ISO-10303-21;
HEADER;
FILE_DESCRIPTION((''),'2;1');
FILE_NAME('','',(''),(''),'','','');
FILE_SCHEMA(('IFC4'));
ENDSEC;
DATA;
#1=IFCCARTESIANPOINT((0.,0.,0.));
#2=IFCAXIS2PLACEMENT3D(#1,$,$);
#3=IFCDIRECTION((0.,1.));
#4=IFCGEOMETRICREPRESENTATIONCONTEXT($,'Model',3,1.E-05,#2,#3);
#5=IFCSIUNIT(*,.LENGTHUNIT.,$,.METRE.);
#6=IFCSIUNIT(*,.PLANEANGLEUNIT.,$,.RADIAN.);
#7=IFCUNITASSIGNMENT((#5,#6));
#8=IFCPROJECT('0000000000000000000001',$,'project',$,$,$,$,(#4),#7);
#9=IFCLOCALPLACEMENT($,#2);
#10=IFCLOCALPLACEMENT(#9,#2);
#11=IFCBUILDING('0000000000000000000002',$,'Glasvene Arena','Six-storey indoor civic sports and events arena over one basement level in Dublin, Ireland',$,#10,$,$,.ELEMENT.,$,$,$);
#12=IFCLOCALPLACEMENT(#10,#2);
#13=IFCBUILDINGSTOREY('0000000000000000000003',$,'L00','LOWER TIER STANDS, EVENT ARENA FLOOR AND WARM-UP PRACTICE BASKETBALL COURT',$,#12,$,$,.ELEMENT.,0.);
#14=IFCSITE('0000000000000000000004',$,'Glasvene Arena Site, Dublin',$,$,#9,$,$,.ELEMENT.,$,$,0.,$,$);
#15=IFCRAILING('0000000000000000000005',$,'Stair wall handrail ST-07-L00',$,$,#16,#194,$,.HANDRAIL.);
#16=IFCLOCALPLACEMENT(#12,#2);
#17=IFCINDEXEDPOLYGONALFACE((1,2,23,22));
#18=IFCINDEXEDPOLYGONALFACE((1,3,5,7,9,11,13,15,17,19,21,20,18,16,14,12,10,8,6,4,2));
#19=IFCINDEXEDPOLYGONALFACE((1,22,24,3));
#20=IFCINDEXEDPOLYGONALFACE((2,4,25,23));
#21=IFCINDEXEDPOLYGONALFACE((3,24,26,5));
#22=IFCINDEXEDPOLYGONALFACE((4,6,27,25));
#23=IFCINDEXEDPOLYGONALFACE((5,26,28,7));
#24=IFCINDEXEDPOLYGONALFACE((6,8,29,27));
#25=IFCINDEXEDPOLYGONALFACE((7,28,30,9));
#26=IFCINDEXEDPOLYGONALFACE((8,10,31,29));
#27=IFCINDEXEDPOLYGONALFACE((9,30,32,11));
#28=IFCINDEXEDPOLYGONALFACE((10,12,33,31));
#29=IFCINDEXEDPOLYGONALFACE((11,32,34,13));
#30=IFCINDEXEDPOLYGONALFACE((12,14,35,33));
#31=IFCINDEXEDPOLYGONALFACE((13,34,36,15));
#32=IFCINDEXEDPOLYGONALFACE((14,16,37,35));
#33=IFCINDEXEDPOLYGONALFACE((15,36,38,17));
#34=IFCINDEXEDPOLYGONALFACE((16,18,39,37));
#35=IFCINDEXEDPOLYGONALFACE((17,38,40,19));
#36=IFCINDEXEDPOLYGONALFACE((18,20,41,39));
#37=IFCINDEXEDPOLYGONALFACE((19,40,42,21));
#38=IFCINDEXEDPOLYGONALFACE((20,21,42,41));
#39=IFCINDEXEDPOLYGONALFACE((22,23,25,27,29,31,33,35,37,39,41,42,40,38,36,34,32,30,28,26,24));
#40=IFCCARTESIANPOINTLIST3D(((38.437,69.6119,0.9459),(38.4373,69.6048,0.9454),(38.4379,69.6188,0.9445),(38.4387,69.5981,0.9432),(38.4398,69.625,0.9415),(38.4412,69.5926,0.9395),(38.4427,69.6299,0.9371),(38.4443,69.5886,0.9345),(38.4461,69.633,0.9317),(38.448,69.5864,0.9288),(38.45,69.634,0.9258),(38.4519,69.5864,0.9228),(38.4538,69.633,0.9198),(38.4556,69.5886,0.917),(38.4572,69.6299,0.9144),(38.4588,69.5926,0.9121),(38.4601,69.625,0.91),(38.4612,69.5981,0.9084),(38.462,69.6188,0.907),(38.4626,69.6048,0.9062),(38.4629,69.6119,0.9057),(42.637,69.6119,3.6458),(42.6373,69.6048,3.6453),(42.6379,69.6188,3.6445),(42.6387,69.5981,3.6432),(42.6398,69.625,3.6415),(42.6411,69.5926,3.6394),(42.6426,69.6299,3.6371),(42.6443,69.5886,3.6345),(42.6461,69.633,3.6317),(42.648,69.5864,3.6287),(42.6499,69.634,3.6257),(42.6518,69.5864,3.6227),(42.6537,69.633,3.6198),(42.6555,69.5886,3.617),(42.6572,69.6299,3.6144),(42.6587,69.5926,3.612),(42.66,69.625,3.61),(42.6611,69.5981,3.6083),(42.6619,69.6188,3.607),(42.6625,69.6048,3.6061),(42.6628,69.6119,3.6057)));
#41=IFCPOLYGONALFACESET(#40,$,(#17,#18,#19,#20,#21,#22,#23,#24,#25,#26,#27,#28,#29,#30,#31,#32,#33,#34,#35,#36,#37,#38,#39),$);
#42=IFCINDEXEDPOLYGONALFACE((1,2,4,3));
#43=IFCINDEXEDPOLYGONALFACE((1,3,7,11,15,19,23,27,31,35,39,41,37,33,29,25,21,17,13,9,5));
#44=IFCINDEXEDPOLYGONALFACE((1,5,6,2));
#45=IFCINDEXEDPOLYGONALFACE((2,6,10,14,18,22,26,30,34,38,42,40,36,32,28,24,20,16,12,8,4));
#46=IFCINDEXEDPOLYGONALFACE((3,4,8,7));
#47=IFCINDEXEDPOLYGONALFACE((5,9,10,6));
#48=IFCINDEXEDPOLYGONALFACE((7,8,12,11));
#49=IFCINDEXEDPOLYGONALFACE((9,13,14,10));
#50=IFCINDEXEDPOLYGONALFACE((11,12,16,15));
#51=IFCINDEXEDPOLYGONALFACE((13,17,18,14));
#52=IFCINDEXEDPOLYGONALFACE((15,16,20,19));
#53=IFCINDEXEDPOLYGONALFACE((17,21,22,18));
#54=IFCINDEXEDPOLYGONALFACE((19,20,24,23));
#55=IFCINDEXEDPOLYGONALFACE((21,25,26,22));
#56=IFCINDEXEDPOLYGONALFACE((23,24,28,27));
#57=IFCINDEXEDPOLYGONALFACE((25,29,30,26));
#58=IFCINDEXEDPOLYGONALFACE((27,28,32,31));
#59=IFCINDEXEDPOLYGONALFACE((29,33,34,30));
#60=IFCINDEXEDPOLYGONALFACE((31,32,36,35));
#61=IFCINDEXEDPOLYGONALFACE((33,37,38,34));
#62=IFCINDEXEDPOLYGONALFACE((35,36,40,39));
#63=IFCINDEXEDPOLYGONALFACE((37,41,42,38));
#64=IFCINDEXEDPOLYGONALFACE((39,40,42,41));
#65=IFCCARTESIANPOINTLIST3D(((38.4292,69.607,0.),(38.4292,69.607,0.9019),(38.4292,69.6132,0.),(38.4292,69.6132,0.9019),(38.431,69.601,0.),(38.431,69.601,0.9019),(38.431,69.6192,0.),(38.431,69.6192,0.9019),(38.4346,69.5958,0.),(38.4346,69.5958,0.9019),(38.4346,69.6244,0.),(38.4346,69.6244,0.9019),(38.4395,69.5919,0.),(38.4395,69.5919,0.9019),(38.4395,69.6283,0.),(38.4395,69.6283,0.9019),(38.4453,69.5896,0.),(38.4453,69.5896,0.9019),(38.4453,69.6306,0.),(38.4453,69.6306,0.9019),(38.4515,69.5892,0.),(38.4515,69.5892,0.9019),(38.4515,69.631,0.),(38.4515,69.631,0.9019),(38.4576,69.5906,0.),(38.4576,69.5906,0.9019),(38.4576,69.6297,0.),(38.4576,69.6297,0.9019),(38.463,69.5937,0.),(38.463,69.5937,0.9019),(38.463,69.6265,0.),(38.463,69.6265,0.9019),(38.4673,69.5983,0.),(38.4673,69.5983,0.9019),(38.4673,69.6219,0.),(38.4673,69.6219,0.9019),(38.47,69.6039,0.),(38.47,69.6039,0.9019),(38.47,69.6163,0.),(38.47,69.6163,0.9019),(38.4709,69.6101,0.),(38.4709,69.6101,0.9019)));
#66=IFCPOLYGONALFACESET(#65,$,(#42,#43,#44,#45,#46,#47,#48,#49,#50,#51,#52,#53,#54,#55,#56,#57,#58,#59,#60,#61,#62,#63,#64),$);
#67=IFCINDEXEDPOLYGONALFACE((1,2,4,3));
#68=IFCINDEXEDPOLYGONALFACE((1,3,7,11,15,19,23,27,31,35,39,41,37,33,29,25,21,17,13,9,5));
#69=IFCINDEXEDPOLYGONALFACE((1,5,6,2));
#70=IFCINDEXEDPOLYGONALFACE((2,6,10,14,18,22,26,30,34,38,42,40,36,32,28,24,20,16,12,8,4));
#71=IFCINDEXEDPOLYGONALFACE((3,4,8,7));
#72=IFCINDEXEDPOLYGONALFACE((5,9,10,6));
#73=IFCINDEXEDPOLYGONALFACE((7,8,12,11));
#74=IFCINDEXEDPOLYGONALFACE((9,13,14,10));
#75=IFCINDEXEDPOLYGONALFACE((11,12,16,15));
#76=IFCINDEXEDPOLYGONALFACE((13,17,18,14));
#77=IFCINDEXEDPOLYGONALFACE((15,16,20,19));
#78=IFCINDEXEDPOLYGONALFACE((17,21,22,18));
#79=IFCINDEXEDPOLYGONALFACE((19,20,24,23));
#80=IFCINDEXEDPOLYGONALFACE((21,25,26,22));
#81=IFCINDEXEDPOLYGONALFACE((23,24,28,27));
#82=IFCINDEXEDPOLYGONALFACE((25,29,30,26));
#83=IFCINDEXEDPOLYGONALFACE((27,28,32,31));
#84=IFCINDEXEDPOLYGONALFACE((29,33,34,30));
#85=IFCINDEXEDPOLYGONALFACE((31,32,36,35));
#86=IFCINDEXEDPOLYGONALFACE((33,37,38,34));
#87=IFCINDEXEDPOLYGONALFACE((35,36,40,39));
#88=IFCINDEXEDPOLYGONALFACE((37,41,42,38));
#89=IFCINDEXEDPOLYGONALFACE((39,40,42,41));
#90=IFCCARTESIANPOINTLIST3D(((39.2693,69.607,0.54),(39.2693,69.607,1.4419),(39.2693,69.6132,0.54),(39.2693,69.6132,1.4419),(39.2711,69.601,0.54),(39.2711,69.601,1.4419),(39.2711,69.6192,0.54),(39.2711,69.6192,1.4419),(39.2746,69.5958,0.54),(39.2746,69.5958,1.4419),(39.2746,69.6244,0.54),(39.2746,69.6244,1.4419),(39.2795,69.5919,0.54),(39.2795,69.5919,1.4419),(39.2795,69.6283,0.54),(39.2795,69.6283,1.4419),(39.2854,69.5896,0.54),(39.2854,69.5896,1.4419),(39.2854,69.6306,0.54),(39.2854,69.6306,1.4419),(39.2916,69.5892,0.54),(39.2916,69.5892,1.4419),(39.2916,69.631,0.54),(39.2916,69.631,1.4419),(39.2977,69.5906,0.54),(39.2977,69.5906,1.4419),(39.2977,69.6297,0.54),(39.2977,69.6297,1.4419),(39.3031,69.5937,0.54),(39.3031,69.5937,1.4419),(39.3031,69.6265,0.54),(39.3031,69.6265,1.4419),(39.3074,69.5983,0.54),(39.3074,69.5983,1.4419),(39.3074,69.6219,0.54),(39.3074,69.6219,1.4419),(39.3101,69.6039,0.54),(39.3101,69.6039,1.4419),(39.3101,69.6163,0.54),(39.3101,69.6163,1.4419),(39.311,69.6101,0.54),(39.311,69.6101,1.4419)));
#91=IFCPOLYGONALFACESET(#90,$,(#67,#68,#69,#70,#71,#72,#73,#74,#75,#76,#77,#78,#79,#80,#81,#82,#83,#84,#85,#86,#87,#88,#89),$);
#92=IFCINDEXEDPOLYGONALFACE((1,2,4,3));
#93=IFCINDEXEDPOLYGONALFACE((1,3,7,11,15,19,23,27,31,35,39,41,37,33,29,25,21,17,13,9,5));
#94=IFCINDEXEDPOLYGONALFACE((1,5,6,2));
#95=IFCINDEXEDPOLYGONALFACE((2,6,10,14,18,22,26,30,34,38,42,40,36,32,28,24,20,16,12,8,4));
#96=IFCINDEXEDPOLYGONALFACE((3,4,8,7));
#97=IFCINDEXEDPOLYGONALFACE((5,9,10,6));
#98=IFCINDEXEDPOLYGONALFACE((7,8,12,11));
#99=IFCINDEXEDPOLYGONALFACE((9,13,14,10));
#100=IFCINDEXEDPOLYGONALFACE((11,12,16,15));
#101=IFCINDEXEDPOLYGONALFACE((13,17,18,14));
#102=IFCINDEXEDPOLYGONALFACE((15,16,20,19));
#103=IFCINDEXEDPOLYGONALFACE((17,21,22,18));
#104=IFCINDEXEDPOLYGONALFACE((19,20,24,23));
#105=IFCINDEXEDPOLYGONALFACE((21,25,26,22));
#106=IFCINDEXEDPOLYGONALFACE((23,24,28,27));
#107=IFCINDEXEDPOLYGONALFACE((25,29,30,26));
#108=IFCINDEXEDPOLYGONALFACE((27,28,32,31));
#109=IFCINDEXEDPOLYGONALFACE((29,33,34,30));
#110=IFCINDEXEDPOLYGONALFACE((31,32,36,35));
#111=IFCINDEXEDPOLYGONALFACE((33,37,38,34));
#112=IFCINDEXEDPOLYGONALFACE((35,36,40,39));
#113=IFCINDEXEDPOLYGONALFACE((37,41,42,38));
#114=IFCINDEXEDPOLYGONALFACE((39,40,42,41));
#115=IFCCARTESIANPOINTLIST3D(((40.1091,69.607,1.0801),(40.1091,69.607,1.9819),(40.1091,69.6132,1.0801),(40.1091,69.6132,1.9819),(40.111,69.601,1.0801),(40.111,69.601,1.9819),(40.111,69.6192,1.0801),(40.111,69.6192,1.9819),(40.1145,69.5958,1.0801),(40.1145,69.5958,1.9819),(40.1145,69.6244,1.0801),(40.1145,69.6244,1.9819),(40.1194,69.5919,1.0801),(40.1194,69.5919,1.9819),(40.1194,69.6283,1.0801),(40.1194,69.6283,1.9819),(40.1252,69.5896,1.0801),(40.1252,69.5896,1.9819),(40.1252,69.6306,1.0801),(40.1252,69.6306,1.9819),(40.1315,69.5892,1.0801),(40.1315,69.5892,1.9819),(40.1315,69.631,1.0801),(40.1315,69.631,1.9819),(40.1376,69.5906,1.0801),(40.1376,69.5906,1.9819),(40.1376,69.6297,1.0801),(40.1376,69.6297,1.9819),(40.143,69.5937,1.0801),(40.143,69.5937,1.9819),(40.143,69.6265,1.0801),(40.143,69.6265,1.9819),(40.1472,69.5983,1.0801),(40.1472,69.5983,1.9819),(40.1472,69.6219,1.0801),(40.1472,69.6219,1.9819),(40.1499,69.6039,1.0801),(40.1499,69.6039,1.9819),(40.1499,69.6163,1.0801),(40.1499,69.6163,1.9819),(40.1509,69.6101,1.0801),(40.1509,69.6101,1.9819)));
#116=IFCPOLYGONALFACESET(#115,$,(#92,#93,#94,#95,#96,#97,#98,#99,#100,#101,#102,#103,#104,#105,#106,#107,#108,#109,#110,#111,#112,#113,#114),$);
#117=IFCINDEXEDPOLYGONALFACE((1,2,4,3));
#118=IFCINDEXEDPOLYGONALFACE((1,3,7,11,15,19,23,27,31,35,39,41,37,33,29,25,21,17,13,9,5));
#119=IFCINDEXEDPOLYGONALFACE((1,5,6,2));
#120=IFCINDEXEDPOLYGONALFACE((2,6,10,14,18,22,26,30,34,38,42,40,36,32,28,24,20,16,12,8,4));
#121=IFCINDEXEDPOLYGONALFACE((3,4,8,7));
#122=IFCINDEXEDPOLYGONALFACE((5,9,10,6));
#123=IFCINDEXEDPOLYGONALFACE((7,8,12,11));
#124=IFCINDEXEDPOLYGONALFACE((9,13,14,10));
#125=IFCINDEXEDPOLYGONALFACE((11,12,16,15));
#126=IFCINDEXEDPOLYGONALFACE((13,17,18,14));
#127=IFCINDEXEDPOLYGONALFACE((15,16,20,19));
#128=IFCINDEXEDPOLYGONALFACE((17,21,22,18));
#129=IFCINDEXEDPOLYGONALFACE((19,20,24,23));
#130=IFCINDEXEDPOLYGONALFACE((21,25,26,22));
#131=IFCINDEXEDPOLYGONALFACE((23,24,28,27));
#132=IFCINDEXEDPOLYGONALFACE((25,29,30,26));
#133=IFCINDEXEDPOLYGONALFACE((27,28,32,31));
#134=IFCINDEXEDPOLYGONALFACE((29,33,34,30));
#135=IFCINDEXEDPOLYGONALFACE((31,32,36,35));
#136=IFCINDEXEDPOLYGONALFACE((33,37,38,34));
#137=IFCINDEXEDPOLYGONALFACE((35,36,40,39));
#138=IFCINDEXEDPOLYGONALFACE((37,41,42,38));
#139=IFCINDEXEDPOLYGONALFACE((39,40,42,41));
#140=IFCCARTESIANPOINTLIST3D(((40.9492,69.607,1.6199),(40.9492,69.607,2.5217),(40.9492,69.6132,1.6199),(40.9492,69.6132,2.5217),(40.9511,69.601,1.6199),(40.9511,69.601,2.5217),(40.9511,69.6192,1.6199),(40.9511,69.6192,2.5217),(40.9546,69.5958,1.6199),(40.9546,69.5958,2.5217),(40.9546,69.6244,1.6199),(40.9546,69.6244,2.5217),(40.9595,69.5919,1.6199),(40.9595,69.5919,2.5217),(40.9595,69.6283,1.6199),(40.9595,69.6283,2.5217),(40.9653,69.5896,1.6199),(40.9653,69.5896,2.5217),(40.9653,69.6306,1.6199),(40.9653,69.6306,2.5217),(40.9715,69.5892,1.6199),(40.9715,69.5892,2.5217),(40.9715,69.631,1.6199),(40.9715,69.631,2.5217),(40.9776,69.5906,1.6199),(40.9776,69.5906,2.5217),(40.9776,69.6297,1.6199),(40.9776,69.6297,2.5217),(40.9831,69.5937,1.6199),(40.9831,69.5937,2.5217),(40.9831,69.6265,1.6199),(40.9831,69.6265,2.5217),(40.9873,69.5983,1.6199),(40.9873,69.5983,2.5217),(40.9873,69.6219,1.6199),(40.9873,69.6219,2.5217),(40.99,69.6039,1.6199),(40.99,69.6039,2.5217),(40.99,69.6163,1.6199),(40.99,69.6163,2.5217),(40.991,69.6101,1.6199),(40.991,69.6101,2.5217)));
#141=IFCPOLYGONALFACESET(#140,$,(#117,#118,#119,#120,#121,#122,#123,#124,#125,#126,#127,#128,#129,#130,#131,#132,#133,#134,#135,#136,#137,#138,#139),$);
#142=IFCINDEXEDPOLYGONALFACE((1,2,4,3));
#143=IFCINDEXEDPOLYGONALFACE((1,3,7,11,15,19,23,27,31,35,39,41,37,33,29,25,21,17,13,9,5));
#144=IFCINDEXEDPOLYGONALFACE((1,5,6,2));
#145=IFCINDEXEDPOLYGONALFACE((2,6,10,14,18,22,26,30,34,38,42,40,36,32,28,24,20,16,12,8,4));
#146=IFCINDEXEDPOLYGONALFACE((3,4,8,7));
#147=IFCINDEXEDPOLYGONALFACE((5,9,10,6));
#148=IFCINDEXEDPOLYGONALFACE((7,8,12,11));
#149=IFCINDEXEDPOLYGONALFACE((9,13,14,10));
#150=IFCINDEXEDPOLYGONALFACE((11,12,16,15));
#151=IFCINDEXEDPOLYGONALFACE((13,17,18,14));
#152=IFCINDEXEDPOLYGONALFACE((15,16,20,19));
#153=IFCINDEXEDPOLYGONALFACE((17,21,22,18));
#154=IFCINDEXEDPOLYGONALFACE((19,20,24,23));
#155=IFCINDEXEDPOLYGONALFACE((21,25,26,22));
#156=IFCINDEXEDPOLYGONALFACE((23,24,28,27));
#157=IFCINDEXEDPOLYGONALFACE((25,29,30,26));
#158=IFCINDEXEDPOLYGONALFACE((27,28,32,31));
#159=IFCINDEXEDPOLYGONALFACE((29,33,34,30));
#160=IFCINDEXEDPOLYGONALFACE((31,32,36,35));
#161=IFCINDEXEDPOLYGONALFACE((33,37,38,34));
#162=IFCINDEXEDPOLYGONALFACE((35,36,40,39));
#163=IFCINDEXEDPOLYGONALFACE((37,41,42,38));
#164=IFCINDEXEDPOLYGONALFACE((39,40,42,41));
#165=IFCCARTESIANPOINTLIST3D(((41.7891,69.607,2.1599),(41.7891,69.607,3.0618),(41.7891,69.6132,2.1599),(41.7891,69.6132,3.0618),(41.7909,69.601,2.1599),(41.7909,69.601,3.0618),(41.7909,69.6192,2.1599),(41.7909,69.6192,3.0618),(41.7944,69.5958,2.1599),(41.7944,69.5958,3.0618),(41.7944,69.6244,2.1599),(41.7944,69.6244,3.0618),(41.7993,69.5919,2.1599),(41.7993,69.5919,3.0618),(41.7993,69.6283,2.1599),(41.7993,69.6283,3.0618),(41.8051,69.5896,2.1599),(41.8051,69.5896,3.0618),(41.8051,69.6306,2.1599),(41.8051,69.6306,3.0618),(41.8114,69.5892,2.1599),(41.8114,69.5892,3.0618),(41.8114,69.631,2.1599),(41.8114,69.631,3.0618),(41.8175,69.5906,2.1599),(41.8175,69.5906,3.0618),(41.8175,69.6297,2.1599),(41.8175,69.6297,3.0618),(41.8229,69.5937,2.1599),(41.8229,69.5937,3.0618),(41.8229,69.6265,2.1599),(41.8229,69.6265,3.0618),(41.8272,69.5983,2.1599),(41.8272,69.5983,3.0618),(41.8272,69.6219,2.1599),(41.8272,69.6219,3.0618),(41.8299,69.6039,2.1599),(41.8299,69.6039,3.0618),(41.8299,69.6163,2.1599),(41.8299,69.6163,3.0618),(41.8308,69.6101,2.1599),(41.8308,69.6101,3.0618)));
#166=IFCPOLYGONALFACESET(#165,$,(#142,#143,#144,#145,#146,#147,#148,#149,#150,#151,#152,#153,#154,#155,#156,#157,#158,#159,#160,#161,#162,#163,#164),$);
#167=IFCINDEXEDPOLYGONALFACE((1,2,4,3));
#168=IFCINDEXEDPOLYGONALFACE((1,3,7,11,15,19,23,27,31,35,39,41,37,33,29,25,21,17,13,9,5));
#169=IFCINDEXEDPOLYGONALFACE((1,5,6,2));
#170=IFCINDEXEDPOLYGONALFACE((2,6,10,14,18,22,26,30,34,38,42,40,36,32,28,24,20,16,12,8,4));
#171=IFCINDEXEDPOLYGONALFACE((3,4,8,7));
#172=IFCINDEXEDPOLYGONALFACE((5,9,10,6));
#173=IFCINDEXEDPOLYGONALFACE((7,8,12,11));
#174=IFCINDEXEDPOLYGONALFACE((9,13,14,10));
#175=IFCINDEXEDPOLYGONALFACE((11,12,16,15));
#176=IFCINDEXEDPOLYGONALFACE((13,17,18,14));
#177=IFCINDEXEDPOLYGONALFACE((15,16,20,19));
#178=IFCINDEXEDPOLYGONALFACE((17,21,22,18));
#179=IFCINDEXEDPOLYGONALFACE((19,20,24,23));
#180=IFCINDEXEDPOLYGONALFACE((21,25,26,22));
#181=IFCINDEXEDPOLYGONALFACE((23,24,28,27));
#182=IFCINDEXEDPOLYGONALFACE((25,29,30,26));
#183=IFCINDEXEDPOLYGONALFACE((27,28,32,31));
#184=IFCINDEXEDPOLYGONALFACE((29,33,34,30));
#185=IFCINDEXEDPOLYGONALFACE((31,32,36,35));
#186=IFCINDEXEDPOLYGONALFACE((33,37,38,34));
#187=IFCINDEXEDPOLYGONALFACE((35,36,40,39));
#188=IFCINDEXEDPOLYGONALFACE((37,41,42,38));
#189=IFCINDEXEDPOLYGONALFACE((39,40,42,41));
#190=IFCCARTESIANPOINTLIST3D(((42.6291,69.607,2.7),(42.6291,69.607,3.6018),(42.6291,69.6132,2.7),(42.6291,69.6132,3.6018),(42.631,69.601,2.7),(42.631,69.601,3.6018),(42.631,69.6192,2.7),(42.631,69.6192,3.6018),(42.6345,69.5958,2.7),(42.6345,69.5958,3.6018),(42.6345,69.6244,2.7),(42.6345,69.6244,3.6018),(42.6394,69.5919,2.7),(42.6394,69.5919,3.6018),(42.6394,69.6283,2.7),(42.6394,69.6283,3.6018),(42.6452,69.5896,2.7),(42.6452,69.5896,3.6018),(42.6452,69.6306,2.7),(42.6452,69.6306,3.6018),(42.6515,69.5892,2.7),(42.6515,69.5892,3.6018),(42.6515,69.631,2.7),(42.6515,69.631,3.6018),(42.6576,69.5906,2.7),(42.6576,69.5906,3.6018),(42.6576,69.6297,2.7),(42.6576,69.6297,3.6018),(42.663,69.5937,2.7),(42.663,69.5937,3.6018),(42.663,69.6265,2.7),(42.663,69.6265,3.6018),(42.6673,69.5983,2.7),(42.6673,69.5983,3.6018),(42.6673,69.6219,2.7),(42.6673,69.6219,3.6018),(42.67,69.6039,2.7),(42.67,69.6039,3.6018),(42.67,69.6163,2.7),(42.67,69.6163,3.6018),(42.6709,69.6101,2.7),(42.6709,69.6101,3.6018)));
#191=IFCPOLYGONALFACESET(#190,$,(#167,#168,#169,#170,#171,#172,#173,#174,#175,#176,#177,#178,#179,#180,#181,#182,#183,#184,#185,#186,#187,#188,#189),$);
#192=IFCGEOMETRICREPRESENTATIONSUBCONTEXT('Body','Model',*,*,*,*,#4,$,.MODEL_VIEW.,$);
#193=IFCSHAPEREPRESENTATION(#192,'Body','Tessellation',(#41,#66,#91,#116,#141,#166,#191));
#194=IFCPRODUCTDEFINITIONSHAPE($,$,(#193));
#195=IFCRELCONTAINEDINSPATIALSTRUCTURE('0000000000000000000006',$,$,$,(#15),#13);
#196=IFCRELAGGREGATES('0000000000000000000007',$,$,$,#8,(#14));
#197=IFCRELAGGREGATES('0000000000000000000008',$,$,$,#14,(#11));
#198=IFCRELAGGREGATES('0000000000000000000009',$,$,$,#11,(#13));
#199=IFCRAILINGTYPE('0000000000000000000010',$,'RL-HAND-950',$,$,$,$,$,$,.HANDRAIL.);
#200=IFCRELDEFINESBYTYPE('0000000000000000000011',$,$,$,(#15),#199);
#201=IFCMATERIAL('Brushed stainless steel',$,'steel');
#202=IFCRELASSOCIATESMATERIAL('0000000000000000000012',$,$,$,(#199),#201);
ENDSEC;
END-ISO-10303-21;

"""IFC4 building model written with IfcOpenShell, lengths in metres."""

from ifc_helpers import new_model, si_unit, direction, frame, origin, origin_2d, place, context, subcontext, project, spatial, circle, extrude, material, type_object, element, save


model = new_model("IFC4")

# Units and contexts
model_context = context("Model", 3, precision=1e-05, world=origin(), true_north=direction((0.0, 1.0)))
body_context = subcontext(model_context, "Body", "Model", "MODEL_VIEW")
ifc_project = project(units=[si_unit("LENGTHUNIT", "METRE"), si_unit("PLANEANGLEUNIT", "RADIAN")], contexts=[model_context])

# Site, building, storey
site_placement = place(None, origin())
site = spatial("IfcSite", under=ifc_project, at=site_placement, Name="Glasvene Arena Site, Dublin", CompositionType="ELEMENT", RefElevation=0.0)
building_placement = place(site_placement, origin())
building = spatial("IfcBuilding", under=site, at=building_placement, Name="Glasvene Arena", Description="Six-storey indoor civic sports and events arena over one basement level in Dublin, Ireland", CompositionType="ELEMENT")
storey_placement = place(building_placement, origin())
storey = spatial("IfcBuildingStorey", under=building, at=storey_placement, Name="L00", Description="LOWER TIER STANDS, EVENT ARENA FLOOR AND WARM-UP PRACTICE BASKETBALL COURT", CompositionType="ELEMENT", Elevation=0.0)

# Railing
ifc_material_1 = material(Name="Brushed stainless steel", Category="steel")
railing_type_1 = type_object("IfcRailingType", Name="RL-HAND-950", PredefinedType="HANDRAIL", material=ifc_material_1)
railing_1_placement = place(storey_placement, frame((38.45, 69.6101, 0.0)))
element("IfcRailing", 1, at=railing_1_placement, inside=storey, type_object=railing_type_1, Name="Stair wall handrail ST-07-L00", PredefinedType="HANDRAIL", context=body_context, shape_type="SweptSolid", body=[
    extrude(circle(Radius=0.0239, at=origin_2d()), frame((0.0, 0.0, 0.9258), z_axis=(0.84118, 0.0, 0.540755), x_axis=(0.0, 1.0, 0.0)), (0.0, 0.0, 1.0), 4.9929),
    extrude(circle(Radius=0.021, at=origin_2d()), origin(), (0.0, 0.0, 1.0), 0.9019),
    extrude(circle(Radius=0.021, at=origin_2d()), frame((0.8401, 0.0, 0.54)), (0.0, 0.0, 1.0), 0.9019),
    extrude(circle(Radius=0.021, at=origin_2d()), frame((1.6799, 0.0, 1.0801)), (0.0, 0.0, 1.0), 0.9019),
    extrude(circle(Radius=0.021, at=origin_2d()), frame((2.52, 0.0, 1.6199)), (0.0, 0.0, 1.0), 0.9019),
    extrude(circle(Radius=0.021, at=origin_2d()), frame((3.3599, 0.0, 2.1599)), (0.0, 0.0, 1.0), 0.9019),
    extrude(circle(Radius=0.021, at=origin_2d()), frame((4.2, 0.0, 2.7)), (0.0, 0.0, 1.0), 0.9019),
])

save(model, "model.ifc")
